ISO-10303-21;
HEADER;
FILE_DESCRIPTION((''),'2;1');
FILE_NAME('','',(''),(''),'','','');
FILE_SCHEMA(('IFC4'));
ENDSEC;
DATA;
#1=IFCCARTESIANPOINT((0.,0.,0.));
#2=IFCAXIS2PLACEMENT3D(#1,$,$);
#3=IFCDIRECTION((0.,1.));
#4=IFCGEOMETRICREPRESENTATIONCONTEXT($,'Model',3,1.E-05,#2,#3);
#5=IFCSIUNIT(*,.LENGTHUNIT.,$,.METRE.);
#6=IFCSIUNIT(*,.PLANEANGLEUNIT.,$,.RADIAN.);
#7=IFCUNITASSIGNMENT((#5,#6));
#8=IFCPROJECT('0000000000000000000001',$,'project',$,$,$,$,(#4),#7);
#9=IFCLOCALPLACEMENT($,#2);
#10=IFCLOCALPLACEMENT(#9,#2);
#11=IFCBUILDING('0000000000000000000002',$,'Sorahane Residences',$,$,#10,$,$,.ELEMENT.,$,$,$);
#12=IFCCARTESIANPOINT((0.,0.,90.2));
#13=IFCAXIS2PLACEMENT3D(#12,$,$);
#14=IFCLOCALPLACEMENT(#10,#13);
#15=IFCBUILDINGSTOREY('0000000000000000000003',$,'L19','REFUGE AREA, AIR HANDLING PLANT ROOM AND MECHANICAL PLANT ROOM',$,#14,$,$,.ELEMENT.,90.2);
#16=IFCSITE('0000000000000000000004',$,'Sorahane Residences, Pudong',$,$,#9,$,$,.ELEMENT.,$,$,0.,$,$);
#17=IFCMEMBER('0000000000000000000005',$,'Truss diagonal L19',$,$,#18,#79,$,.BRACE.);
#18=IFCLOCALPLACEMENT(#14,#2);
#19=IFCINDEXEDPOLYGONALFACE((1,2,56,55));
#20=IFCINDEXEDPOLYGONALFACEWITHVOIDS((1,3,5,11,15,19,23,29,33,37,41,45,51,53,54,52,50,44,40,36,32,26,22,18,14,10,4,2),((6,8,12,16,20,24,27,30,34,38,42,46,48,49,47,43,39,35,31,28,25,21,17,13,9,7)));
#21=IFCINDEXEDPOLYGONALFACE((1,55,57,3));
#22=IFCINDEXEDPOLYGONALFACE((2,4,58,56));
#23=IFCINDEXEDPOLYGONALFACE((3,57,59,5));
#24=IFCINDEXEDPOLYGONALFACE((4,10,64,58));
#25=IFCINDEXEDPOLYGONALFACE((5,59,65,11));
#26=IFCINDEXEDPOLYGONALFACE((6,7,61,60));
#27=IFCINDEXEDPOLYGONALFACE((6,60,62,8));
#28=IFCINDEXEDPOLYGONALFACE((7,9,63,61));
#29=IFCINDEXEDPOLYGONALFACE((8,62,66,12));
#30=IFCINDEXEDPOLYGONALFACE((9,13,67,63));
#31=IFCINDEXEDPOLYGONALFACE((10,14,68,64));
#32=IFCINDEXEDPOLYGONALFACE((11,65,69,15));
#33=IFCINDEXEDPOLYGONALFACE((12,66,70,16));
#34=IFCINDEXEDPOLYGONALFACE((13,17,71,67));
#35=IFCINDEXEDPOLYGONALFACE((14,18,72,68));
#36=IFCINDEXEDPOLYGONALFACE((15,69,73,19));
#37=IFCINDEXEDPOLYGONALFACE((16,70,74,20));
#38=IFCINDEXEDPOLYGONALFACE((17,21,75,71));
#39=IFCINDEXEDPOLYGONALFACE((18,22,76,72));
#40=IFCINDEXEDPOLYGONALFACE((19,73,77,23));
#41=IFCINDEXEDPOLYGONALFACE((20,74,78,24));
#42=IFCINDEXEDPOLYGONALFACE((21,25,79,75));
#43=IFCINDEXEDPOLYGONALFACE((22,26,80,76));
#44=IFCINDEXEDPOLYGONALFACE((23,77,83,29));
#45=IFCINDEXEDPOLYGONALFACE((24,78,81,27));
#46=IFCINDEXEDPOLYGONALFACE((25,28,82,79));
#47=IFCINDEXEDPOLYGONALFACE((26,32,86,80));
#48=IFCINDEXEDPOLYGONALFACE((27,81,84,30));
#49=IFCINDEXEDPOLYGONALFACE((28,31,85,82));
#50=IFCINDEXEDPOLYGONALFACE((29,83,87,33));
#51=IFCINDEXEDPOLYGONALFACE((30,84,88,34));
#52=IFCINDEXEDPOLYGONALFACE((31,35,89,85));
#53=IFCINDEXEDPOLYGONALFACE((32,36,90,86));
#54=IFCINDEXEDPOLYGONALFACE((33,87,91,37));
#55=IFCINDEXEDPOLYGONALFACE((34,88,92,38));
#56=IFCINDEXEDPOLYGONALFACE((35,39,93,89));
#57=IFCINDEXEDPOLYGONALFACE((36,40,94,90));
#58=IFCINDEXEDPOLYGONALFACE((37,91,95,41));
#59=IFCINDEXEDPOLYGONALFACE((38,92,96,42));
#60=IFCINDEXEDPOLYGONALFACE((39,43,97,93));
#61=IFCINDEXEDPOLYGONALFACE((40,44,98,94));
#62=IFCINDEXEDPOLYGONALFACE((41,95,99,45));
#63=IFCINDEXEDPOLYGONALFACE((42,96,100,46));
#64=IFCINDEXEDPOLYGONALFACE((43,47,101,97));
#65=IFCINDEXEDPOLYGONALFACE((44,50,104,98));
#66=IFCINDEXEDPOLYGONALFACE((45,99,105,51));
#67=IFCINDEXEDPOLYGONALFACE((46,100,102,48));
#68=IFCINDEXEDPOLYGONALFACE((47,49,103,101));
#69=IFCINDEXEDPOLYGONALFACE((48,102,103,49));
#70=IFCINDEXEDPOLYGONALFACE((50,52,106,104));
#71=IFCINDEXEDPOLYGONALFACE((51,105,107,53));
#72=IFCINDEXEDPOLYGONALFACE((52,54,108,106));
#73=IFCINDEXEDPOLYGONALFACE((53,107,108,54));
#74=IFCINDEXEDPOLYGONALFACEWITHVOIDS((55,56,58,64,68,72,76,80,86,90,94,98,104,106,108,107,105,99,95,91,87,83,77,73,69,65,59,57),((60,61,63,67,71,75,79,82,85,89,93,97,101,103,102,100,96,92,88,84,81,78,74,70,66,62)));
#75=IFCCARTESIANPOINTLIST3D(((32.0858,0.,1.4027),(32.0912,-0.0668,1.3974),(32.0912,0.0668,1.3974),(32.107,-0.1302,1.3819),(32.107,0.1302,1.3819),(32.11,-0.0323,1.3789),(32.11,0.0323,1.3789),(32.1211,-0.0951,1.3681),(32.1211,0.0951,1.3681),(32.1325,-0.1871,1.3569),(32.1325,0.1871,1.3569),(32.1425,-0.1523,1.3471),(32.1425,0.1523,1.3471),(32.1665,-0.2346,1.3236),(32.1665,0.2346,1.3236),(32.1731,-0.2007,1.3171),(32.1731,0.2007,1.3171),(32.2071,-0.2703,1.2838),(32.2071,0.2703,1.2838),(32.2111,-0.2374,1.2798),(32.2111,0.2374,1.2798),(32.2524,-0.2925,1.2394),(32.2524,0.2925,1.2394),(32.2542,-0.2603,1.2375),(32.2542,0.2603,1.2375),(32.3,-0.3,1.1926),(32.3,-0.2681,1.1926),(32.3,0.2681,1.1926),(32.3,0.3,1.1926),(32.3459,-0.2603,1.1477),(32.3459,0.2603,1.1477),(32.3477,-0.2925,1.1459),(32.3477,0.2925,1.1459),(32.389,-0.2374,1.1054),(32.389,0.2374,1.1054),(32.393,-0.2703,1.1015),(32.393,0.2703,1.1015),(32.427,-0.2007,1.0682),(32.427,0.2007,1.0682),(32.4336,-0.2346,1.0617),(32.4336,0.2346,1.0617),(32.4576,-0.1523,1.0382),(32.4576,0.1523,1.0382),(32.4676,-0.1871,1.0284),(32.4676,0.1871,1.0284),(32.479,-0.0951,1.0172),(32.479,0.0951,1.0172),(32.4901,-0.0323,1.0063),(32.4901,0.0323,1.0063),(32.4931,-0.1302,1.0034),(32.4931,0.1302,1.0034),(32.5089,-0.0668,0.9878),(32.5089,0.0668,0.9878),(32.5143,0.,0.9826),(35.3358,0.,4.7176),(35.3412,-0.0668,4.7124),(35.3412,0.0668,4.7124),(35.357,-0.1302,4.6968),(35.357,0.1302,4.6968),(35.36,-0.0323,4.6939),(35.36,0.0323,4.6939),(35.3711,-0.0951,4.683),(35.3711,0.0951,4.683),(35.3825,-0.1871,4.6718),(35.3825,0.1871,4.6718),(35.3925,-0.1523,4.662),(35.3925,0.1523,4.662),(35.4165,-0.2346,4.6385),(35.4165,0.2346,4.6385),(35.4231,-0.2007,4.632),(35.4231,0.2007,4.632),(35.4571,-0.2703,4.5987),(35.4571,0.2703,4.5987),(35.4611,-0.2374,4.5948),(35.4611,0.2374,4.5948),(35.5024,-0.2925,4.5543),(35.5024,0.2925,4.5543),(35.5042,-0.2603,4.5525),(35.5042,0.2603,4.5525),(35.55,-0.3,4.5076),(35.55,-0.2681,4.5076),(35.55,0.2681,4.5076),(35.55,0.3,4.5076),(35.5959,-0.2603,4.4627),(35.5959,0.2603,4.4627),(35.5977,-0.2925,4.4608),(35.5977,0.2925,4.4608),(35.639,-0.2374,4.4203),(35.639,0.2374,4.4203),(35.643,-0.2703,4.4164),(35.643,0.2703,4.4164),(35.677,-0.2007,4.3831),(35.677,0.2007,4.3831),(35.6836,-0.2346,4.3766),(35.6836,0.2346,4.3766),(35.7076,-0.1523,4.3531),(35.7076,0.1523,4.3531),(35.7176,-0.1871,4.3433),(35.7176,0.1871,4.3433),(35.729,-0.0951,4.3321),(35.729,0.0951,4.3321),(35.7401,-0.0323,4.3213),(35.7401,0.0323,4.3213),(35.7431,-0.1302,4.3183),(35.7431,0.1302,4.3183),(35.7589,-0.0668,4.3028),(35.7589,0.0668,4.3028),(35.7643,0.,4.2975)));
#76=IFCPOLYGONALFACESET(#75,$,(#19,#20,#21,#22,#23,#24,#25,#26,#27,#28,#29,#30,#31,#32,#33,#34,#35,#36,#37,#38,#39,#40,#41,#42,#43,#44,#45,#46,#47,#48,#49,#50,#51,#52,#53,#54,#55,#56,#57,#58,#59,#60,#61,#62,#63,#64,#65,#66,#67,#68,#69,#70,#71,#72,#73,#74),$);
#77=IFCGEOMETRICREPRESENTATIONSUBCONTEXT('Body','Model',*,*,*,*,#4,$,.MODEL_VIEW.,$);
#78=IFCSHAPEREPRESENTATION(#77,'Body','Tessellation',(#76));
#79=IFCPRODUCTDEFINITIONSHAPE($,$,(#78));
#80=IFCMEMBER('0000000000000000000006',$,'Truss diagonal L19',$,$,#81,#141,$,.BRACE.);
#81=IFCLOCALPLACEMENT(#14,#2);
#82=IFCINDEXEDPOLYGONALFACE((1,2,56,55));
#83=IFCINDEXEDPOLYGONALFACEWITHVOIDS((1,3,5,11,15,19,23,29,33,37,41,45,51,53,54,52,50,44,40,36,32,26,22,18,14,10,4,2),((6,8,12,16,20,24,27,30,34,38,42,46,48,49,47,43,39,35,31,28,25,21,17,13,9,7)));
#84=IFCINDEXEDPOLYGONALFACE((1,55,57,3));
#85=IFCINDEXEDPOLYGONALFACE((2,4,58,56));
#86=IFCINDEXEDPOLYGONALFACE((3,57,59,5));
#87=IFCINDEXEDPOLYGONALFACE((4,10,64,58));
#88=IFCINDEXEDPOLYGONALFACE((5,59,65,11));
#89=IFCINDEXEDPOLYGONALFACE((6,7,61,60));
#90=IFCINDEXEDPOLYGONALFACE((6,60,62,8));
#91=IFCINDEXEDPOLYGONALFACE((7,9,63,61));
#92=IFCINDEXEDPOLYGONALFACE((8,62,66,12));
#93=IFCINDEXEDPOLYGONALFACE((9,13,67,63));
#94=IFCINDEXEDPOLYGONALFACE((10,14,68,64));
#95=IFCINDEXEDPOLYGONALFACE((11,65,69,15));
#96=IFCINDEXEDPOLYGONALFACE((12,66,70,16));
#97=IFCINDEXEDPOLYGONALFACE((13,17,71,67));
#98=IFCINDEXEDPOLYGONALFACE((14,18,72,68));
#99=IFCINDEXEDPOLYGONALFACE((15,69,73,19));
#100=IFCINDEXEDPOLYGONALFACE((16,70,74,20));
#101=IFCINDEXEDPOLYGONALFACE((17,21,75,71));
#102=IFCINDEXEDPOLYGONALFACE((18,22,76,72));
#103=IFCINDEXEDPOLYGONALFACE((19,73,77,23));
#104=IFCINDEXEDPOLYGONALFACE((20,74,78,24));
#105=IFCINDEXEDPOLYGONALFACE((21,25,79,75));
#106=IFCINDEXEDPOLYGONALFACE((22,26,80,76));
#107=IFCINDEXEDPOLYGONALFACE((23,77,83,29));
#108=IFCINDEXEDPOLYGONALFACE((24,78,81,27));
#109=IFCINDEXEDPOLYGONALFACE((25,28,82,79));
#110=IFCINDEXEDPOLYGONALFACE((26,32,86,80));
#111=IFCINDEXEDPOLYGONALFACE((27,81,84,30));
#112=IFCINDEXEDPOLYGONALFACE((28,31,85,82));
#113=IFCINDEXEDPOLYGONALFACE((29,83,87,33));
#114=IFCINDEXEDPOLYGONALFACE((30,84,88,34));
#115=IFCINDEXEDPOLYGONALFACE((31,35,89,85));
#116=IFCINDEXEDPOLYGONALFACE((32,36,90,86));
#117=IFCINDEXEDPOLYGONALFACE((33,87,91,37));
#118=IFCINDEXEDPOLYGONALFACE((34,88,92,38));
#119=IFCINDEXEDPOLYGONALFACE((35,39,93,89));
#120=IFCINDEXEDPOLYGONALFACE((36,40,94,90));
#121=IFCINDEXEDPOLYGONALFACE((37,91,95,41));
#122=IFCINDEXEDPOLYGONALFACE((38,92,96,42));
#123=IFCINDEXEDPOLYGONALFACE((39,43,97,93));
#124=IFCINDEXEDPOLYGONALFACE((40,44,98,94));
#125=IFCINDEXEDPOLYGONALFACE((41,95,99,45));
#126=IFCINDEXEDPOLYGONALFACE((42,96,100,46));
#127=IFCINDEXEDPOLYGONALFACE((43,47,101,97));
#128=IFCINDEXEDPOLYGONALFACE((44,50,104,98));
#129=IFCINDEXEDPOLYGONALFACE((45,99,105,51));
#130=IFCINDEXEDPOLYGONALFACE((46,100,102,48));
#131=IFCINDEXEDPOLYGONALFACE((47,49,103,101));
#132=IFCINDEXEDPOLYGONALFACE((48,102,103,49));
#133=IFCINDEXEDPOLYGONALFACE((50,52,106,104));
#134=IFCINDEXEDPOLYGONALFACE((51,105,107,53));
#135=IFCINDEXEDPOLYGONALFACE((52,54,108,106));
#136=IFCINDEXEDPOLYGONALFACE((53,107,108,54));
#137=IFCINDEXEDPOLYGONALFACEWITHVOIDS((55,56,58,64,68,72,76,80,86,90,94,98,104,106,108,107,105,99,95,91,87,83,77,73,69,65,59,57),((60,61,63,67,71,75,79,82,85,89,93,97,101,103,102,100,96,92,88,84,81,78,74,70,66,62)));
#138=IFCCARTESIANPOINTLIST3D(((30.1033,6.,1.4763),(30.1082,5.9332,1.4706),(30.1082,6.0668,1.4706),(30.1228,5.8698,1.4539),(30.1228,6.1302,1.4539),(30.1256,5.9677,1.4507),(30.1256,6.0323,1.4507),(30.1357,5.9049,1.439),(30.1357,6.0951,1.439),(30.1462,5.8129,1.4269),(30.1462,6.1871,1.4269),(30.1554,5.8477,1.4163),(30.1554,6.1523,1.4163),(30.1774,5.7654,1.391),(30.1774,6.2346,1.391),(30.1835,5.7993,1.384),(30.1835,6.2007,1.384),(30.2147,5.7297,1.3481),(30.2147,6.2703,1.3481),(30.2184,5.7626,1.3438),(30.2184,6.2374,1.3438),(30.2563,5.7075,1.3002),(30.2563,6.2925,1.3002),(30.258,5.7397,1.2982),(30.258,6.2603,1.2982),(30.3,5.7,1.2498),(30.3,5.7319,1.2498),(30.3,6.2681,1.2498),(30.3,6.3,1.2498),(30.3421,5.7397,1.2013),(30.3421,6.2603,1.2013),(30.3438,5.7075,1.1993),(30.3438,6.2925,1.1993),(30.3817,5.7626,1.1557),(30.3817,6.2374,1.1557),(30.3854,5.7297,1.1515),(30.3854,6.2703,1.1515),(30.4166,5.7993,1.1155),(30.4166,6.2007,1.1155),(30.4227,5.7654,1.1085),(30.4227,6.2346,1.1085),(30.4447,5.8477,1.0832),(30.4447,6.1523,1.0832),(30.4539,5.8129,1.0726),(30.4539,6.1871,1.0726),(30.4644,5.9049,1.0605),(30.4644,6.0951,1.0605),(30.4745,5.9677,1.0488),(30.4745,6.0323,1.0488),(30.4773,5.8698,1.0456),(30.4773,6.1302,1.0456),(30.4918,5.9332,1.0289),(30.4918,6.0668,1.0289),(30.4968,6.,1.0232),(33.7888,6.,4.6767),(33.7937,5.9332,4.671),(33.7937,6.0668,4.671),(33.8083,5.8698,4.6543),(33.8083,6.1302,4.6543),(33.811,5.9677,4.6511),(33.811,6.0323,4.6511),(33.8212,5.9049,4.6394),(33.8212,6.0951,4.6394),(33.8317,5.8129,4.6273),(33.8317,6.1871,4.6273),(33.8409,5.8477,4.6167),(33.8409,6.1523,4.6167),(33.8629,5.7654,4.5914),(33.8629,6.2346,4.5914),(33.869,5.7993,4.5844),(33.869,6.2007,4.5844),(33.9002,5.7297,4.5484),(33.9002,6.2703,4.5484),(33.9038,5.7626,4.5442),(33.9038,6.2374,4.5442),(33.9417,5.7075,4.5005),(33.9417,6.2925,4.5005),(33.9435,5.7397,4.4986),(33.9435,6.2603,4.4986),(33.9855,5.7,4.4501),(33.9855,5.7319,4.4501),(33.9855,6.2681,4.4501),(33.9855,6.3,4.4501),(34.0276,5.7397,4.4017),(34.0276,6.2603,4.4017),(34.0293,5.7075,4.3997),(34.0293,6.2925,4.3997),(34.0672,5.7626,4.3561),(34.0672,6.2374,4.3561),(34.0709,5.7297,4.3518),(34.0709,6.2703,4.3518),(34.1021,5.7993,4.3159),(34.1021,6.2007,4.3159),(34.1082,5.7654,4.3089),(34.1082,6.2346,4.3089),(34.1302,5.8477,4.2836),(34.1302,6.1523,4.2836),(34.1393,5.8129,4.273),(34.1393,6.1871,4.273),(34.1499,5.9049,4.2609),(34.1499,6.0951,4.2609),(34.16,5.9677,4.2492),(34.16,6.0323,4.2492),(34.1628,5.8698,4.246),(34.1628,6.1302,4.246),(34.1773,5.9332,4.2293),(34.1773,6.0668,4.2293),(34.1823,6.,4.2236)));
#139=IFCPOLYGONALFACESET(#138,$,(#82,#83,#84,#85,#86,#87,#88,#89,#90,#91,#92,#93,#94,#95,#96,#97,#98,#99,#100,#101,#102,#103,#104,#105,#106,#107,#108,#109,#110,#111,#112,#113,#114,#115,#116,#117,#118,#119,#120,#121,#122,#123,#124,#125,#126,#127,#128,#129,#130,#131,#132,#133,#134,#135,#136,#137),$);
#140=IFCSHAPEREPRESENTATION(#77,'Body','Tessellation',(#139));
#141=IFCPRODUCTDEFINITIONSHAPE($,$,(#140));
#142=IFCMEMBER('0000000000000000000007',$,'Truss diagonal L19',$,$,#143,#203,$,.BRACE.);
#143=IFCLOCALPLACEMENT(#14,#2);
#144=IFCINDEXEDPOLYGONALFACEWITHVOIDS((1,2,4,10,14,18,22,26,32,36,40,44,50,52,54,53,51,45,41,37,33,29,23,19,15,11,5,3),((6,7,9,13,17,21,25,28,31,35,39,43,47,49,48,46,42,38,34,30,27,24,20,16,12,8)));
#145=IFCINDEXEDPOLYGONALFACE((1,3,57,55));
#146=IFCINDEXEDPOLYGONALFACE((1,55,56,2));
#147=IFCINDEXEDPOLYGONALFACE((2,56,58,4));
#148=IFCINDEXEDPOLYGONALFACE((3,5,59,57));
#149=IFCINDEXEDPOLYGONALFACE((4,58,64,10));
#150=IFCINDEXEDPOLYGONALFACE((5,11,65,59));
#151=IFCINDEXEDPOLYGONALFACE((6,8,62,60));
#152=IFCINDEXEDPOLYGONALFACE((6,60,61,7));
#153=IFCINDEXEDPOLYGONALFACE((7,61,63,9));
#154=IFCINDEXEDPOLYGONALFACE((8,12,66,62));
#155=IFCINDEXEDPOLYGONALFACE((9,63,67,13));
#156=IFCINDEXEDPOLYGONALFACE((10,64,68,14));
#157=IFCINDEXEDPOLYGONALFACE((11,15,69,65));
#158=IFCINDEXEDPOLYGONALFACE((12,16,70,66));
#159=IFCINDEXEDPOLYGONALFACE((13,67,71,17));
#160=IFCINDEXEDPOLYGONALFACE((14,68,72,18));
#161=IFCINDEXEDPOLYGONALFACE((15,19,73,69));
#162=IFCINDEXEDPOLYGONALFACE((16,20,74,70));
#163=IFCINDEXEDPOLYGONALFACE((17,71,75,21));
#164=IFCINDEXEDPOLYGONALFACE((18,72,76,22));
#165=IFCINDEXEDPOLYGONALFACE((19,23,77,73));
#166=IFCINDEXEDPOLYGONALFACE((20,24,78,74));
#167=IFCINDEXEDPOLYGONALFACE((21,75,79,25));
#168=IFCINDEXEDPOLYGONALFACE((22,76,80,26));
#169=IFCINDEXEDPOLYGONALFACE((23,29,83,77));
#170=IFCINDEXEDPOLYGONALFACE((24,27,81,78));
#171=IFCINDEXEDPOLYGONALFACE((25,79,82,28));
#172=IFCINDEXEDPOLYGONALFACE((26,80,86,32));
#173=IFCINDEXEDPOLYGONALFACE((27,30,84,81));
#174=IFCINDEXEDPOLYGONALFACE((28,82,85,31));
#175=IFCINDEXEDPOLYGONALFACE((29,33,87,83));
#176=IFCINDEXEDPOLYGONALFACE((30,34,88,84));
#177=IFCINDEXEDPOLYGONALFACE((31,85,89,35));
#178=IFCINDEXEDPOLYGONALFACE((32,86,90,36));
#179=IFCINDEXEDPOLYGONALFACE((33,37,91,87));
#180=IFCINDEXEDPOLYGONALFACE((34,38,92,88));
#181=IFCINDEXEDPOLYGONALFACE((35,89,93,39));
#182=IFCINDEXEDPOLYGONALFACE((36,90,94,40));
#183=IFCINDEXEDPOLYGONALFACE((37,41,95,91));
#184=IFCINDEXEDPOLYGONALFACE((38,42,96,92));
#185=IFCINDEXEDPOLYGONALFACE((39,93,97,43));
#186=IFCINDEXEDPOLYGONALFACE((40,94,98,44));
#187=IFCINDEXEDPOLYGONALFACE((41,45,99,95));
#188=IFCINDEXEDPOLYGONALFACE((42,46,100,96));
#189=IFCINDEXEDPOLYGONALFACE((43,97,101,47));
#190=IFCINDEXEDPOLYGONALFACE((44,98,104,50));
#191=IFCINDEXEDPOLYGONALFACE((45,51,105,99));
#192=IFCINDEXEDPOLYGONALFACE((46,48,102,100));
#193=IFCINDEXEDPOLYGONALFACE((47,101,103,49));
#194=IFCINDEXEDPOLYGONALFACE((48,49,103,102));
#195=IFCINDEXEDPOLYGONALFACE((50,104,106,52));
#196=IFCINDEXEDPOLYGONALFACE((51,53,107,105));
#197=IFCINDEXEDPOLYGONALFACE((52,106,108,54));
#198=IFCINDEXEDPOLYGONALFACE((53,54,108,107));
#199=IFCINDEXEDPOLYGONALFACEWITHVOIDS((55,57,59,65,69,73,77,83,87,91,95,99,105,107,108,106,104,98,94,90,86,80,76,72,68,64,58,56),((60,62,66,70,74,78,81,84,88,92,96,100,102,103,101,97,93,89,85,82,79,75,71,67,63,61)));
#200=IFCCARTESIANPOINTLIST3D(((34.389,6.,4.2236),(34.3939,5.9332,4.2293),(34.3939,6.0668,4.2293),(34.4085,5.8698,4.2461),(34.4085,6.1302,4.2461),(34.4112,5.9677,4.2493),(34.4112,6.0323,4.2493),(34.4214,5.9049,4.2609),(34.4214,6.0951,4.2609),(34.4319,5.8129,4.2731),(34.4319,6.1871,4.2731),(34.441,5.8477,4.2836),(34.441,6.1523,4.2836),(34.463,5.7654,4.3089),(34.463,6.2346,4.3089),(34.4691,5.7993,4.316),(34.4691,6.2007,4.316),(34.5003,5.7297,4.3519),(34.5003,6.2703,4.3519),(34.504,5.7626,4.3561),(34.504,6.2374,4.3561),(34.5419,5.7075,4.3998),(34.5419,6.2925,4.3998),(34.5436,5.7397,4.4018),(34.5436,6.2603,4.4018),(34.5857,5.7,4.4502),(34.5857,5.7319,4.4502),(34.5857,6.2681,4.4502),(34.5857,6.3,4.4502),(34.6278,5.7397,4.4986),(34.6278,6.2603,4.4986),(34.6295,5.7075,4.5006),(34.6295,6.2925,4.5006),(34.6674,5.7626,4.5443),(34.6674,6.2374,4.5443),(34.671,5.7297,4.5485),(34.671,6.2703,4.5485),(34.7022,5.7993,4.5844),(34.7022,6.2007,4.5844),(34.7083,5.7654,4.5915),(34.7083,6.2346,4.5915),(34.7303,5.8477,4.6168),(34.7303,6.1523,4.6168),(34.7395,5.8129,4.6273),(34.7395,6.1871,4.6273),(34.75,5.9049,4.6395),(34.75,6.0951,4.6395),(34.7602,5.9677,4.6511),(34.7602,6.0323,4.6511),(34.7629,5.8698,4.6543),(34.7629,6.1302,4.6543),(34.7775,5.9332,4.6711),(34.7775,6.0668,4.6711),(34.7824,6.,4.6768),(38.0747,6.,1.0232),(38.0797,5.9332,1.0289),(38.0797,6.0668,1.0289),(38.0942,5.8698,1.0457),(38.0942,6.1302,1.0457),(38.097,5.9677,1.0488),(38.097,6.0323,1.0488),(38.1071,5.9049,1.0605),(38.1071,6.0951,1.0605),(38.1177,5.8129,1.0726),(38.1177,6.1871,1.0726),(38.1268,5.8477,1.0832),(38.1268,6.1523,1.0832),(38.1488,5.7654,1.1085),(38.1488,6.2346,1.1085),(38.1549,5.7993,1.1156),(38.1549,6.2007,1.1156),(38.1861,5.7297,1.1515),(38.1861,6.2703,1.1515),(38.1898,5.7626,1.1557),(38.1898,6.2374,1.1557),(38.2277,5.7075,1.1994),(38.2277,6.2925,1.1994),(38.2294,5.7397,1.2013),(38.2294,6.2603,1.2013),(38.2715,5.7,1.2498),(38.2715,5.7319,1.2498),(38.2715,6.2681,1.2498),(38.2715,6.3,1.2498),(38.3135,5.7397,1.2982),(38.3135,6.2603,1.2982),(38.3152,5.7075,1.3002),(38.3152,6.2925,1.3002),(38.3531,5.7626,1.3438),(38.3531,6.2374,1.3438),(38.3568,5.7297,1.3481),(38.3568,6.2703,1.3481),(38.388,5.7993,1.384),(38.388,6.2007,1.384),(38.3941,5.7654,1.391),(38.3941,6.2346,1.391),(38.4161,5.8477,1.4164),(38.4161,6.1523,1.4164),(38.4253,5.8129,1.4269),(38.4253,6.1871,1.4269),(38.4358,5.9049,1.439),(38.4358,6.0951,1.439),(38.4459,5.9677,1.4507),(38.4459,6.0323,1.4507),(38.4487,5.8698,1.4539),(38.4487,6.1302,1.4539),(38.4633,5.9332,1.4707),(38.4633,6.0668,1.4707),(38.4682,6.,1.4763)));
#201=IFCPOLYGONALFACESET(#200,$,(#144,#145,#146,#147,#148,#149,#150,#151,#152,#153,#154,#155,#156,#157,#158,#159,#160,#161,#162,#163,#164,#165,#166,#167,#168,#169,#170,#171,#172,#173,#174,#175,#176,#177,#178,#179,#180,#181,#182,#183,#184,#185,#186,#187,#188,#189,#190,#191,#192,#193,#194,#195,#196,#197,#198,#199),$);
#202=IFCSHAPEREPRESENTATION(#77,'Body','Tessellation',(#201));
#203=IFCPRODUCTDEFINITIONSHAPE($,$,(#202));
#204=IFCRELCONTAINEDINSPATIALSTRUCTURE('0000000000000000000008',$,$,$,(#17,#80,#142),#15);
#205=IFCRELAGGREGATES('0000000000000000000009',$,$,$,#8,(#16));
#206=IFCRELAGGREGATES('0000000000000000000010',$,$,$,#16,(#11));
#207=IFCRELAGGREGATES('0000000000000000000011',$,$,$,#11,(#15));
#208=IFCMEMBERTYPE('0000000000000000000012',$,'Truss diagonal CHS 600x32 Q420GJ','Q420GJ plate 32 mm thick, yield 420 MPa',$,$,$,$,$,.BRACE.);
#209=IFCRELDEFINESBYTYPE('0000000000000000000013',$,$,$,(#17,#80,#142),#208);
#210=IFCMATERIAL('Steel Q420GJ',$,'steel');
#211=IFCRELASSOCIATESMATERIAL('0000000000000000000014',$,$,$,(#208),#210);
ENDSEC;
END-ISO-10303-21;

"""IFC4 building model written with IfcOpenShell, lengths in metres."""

from ifc_helpers import new_model, si_unit, direction, frame, origin, origin_2d, place, context, subcontext, project, spatial, hollow_circle, extrude, material, material_profile, profile_set, type_object, element, save


model = new_model("IFC4")

# Units and contexts
model_context = context("Model", 3, precision=1e-05, world=origin(), true_north=direction((0.0, 1.0)))
body_context = subcontext(model_context, "Body", "Model", "MODEL_VIEW")
ifc_project = project(units=[si_unit("LENGTHUNIT", "METRE"), si_unit("PLANEANGLEUNIT", "RADIAN")], contexts=[model_context])

# Site, building, storey
site_placement = place(None, origin())
site = spatial("IfcSite", under=ifc_project, at=site_placement, Name="Sorahane Residences, Pudong", CompositionType="ELEMENT", RefElevation=0.0)
building_placement = place(site_placement, origin())
building = spatial("IfcBuilding", under=site, at=building_placement, Name="Sorahane Residences", CompositionType="ELEMENT")
storey_placement = place(building_placement, frame((0.0, 0.0, 90.2)))
storey = spatial("IfcBuildingStorey", under=building, at=storey_placement, Name="L19", Description="REFUGE AREA, AIR HANDLING PLANT ROOM AND MECHANICAL PLANT ROOM", CompositionType="ELEMENT", Elevation=90.2)

# Members
ifc_material_1 = material(Name="Steel Q420GJ", Category="steel")
ifc_material_profile_1 = material_profile(ifc_material_1, hollow_circle(Radius=0.3, WallThickness=0.032, at=origin_2d()), Name="CHS 600x32")
ifc_profile_set_1 = profile_set([ifc_material_profile_1], Name="Steel Q420GJ")
member_type = type_object("IfcMemberType", Name="Truss diagonal CHS 600x32 Q420GJ", Description="Q420GJ plate 32 mm thick, yield 420 MPa", PredefinedType="BRACE", material=ifc_profile_set_1)
member_1_placement = place(storey_placement, frame((32.3, 0.0, 1.1926), z_axis=(0.700078, 0.0, 0.714067), x_axis=(0.0, 1.0, 0.0)))
element("IfcMember", 1, at=member_1_placement, inside=storey, type_object=member_type, Name="Truss diagonal L19", PredefinedType="BRACE", context=body_context, shape_type="SweptSolid", body=[
    extrude(hollow_circle(Radius=0.3, WallThickness=0.032, at=origin_2d()), origin(), (0.0, 0.0, 1.0), 4.6423),
])
member_2_placement = place(storey_placement, frame((30.3, 6.0, 1.2498), z_axis=(0.75505, 0.0, 0.655667), x_axis=(0.0, 1.0, 0.0)))
element("IfcMember", 2, at=member_2_placement, inside=storey, type_object=member_type, Name="Truss diagonal L19", PredefinedType="BRACE", context=body_context, shape_type="SweptSolid", body=[
    extrude(hollow_circle(Radius=0.3, WallThickness=0.032, at=origin_2d()), origin(), (0.0, 0.0, 1.0), 4.8811),
])
member_3_placement = place(storey_placement, frame((34.5857, 6.0, 4.4502), z_axis=(0.755072, 0.0, -0.655642), x_axis=(0.0, 1.0, 0.0)))
element("IfcMember", 3, at=member_3_placement, inside=storey, type_object=member_type, Name="Truss diagonal L19", PredefinedType="BRACE", context=body_context, shape_type="SweptSolid", body=[
    extrude(hollow_circle(Radius=0.3, WallThickness=0.032, at=origin_2d()), origin(), (0.0, 0.0, 1.0), 4.8813),
])

save(model, "model.ifc")
